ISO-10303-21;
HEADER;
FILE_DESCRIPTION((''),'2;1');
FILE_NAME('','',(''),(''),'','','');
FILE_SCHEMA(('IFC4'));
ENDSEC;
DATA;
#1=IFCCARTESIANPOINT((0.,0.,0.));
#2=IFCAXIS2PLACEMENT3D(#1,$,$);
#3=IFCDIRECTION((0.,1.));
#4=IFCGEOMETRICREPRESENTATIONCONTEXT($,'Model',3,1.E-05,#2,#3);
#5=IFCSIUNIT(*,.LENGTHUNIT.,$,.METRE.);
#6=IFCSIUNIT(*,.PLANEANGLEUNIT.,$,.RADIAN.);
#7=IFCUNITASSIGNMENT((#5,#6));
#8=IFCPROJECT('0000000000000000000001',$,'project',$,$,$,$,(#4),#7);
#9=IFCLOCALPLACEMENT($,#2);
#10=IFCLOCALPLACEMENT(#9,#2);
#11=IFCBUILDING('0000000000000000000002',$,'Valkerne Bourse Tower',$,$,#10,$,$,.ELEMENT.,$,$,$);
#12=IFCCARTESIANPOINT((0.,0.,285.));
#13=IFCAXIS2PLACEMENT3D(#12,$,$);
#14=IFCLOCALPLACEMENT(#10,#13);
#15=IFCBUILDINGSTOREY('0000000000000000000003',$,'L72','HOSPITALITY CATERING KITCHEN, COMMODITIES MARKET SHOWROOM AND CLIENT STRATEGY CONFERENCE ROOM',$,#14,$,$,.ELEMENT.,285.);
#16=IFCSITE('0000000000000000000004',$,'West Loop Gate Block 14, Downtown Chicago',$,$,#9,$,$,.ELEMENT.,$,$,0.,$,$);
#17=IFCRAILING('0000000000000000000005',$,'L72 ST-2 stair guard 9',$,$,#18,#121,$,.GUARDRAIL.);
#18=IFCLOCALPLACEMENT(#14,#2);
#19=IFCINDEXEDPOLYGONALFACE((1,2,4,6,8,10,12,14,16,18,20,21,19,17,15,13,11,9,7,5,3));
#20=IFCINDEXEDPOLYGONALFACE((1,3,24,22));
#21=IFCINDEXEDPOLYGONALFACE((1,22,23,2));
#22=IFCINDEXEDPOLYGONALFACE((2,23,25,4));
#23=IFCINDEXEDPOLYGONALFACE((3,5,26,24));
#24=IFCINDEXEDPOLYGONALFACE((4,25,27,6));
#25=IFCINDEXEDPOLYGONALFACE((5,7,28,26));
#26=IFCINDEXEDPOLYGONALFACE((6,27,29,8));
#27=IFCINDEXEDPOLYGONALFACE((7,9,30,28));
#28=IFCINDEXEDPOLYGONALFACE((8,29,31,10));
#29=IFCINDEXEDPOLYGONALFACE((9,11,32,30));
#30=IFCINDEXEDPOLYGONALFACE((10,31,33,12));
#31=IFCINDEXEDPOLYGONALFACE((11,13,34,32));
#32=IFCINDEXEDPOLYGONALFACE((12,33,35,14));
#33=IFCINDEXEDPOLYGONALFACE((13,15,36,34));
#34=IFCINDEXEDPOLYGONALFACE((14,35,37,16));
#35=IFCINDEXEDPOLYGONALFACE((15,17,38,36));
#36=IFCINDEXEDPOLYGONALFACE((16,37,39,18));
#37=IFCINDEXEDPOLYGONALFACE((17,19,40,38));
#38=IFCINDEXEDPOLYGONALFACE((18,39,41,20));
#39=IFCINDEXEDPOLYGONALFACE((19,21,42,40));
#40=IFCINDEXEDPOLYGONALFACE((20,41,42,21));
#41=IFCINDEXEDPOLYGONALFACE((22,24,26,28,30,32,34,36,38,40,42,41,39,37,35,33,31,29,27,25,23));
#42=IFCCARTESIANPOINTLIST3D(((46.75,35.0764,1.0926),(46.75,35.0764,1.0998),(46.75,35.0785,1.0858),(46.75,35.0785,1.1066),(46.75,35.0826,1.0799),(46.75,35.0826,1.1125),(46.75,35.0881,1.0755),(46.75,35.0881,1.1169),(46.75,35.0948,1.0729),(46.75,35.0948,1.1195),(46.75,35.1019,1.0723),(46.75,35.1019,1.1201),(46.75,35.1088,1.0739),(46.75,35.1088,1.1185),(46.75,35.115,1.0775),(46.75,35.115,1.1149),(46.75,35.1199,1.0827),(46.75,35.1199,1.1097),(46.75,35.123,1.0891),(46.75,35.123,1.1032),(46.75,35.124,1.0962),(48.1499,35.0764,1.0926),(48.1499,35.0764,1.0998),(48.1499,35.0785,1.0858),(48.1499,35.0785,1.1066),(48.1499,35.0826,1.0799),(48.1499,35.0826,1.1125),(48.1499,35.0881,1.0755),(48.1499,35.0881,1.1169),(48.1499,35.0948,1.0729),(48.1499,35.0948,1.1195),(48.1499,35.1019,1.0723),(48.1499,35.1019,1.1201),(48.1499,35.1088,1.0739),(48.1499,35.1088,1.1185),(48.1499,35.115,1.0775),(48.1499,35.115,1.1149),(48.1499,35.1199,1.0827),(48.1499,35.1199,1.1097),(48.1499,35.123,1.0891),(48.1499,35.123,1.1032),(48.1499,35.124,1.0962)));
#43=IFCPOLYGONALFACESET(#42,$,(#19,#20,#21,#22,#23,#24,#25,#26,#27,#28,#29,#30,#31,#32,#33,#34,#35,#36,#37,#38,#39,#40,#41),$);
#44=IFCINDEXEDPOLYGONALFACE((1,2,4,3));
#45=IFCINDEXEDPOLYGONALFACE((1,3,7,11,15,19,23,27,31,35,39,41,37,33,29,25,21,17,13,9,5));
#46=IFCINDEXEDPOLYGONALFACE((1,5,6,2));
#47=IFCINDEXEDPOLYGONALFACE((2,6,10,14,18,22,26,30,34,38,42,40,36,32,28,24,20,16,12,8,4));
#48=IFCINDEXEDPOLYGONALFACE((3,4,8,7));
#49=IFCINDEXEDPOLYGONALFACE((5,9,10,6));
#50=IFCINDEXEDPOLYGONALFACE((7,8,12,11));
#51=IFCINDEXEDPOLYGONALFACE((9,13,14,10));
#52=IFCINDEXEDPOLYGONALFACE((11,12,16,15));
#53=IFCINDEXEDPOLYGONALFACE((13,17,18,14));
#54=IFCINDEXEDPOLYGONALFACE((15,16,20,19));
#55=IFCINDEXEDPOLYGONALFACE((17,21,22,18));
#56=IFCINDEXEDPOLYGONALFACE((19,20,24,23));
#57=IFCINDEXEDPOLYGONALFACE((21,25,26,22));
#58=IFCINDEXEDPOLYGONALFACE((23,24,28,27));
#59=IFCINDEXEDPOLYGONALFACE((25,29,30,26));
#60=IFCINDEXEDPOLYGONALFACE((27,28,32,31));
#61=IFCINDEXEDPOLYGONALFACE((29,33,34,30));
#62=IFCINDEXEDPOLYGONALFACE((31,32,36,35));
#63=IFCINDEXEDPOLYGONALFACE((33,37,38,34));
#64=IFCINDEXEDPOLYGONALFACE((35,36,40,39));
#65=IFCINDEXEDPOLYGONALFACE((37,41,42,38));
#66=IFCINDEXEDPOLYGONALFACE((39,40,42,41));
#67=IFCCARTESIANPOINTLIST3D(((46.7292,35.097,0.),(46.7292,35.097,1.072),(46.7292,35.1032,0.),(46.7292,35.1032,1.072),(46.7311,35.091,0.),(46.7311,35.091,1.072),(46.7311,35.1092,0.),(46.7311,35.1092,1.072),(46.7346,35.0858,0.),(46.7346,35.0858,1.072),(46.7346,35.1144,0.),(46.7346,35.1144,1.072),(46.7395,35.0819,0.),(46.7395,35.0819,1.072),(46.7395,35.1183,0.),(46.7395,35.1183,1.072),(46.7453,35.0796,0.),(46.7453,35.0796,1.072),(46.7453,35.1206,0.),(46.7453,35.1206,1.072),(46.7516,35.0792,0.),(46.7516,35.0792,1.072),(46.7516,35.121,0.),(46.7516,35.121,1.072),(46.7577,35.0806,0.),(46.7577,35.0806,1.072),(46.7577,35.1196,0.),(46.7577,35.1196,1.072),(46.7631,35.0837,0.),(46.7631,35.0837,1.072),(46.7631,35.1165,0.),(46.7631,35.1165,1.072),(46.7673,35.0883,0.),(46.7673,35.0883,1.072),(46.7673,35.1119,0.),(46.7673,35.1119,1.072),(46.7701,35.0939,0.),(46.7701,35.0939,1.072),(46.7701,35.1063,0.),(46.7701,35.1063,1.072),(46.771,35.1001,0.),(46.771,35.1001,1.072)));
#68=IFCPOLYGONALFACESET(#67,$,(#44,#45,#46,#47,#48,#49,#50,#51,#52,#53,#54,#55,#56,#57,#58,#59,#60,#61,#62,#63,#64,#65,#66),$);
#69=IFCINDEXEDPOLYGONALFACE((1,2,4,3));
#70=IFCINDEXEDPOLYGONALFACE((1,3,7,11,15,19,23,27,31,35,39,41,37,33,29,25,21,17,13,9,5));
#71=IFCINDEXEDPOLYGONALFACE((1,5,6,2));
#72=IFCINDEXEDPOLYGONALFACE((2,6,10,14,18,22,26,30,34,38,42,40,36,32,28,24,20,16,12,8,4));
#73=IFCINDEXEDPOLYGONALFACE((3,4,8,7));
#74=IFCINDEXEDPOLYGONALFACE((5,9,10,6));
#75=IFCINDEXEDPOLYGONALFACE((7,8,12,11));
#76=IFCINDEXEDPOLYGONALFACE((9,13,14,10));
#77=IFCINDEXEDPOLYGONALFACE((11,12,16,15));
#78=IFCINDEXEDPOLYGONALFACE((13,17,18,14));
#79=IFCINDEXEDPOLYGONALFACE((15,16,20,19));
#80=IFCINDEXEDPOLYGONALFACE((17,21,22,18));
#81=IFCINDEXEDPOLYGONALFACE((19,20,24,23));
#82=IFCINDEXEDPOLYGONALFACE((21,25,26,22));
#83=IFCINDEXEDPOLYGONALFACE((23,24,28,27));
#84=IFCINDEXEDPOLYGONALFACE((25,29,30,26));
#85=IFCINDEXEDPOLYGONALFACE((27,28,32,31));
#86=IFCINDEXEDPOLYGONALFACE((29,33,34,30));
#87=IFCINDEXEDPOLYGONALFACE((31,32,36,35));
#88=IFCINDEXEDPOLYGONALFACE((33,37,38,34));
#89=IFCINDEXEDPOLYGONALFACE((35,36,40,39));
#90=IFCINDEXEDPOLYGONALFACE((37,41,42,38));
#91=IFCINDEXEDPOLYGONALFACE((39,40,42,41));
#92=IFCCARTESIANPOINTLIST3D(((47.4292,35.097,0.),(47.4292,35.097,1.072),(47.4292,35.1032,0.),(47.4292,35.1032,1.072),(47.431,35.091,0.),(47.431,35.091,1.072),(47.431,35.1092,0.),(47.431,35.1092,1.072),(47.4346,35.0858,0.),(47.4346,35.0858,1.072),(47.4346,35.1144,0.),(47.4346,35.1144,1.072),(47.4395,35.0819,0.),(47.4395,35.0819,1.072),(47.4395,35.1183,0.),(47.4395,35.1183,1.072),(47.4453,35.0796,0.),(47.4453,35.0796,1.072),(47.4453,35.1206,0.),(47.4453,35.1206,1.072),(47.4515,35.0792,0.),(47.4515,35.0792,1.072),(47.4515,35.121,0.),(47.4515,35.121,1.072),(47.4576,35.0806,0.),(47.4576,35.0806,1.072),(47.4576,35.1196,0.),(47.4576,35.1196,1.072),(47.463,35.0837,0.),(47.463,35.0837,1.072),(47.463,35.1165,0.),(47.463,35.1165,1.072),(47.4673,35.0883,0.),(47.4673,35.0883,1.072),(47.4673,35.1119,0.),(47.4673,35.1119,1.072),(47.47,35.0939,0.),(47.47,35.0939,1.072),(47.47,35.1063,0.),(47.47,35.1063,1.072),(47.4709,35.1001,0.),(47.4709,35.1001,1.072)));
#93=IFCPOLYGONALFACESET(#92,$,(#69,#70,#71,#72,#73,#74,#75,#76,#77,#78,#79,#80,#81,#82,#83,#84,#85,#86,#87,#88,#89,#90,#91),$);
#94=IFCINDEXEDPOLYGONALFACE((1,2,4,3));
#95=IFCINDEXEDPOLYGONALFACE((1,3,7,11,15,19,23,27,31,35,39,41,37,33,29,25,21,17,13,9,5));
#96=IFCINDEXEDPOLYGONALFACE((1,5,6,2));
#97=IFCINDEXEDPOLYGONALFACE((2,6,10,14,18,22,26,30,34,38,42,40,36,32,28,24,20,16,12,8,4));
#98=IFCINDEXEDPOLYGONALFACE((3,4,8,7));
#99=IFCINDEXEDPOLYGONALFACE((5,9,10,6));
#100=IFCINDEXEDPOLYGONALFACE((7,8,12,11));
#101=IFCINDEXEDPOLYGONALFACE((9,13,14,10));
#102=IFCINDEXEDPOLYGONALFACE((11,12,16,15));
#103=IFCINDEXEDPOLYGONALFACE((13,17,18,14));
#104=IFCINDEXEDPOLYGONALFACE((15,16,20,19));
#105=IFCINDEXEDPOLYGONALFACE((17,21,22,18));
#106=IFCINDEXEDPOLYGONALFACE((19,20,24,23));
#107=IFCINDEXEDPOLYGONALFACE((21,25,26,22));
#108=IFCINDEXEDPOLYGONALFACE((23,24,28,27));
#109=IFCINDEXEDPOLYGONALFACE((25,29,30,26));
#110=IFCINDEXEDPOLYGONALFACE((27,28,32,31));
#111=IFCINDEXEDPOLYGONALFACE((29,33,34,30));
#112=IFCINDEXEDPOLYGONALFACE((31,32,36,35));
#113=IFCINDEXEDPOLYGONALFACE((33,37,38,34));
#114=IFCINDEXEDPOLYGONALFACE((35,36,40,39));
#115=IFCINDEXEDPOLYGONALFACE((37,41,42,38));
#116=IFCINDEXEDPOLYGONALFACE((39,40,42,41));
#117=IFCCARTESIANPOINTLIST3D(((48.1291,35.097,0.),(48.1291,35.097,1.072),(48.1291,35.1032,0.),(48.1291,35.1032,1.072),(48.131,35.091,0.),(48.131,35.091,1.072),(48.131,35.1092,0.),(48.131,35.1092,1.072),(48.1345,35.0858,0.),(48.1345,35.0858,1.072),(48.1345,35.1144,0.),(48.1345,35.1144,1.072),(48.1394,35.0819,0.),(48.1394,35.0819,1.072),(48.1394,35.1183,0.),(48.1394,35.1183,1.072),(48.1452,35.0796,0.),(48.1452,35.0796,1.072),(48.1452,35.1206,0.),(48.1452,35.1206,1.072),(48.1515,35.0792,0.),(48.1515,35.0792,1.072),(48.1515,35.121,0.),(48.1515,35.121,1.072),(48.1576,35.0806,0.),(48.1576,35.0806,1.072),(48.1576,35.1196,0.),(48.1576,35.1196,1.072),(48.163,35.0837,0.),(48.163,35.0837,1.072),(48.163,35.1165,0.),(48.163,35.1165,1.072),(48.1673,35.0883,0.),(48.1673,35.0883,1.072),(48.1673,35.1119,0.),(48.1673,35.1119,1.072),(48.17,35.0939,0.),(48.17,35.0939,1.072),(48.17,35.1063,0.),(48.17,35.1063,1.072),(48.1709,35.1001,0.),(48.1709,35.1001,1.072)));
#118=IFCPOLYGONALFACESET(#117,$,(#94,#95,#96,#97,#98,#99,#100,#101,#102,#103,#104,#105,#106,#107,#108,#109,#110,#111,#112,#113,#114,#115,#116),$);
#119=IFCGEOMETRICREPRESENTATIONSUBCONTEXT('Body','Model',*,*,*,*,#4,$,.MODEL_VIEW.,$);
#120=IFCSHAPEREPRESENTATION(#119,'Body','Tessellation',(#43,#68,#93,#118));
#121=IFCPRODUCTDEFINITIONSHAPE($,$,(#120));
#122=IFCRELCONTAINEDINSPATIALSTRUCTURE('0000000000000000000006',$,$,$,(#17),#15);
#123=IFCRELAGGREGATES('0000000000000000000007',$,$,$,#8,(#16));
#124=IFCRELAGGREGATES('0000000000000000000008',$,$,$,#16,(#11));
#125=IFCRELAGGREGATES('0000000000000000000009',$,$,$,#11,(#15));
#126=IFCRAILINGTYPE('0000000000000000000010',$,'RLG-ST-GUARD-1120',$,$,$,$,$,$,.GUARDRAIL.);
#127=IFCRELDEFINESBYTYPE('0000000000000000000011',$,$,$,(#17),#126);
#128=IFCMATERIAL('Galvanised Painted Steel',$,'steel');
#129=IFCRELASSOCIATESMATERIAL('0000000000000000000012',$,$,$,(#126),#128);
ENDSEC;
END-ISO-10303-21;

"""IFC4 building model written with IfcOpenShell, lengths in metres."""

from ifc_helpers import new_model, si_unit, direction, frame, origin, origin_2d, place, context, subcontext, project, spatial, circle, extrude, material, type_object, element, save


model = new_model("IFC4")

# Units and contexts
model_context = context("Model", 3, precision=1e-05, world=origin(), true_north=direction((0.0, 1.0)))
body_context = subcontext(model_context, "Body", "Model", "MODEL_VIEW")
ifc_project = project(units=[si_unit("LENGTHUNIT", "METRE"), si_unit("PLANEANGLEUNIT", "RADIAN")], contexts=[model_context])

# Site, building, storey
site_placement = place(None, origin())
site = spatial("IfcSite", under=ifc_project, at=site_placement, Name="West Loop Gate Block 14, Downtown Chicago", CompositionType="ELEMENT", RefElevation=0.0)
building_placement = place(site_placement, origin())
building = spatial("IfcBuilding", under=site, at=building_placement, Name="Valkerne Bourse Tower", CompositionType="ELEMENT")
storey_placement = place(building_placement, frame((0.0, 0.0, 285.0)))
storey = spatial("IfcBuildingStorey", under=building, at=storey_placement, Name="L72", Description="HOSPITALITY CATERING KITCHEN, COMMODITIES MARKET SHOWROOM AND CLIENT STRATEGY CONFERENCE ROOM", CompositionType="ELEMENT", Elevation=285.0)

# Shared definitions
ifc_material_1 = material(Name="Galvanised Painted Steel", Category="steel")

# Railing
railing_type_1 = type_object("IfcRailingType", Name="RLG-ST-GUARD-1120", PredefinedType="GUARDRAIL", material=ifc_material_1)
for number, where, name in (
    (1, (46.75, 35.1001, 0.0), "L72 ST-2 stair guard 9"),
):
    element("IfcRailing", number, at=place(storey_placement, frame(where)), inside=storey, type_object=railing_type_1, Name=name, PredefinedType="GUARDRAIL", context=body_context, shape_type="SweptSolid", body=[
        extrude(circle(Radius=0.0239, at=origin_2d()), frame((0.0, 0.0, 1.0962), z_axis=(1.0, 0.0, 0.0), x_axis=(0.0, 1.0, 0.0)), (0.0, 0.0, 1.0), 1.3999),
        extrude(circle(Radius=0.021, at=origin_2d()), origin(), (0.0, 0.0, 1.0), 1.072),
        extrude(circle(Radius=0.021, at=origin_2d()), frame((0.7, 0.0, 0.0)), (0.0, 0.0, 1.0), 1.072),
        extrude(circle(Radius=0.021, at=origin_2d()), frame((1.3999, 0.0, 0.0)), (0.0, 0.0, 1.0), 1.072),
    ])

save(model, "model.ifc")
